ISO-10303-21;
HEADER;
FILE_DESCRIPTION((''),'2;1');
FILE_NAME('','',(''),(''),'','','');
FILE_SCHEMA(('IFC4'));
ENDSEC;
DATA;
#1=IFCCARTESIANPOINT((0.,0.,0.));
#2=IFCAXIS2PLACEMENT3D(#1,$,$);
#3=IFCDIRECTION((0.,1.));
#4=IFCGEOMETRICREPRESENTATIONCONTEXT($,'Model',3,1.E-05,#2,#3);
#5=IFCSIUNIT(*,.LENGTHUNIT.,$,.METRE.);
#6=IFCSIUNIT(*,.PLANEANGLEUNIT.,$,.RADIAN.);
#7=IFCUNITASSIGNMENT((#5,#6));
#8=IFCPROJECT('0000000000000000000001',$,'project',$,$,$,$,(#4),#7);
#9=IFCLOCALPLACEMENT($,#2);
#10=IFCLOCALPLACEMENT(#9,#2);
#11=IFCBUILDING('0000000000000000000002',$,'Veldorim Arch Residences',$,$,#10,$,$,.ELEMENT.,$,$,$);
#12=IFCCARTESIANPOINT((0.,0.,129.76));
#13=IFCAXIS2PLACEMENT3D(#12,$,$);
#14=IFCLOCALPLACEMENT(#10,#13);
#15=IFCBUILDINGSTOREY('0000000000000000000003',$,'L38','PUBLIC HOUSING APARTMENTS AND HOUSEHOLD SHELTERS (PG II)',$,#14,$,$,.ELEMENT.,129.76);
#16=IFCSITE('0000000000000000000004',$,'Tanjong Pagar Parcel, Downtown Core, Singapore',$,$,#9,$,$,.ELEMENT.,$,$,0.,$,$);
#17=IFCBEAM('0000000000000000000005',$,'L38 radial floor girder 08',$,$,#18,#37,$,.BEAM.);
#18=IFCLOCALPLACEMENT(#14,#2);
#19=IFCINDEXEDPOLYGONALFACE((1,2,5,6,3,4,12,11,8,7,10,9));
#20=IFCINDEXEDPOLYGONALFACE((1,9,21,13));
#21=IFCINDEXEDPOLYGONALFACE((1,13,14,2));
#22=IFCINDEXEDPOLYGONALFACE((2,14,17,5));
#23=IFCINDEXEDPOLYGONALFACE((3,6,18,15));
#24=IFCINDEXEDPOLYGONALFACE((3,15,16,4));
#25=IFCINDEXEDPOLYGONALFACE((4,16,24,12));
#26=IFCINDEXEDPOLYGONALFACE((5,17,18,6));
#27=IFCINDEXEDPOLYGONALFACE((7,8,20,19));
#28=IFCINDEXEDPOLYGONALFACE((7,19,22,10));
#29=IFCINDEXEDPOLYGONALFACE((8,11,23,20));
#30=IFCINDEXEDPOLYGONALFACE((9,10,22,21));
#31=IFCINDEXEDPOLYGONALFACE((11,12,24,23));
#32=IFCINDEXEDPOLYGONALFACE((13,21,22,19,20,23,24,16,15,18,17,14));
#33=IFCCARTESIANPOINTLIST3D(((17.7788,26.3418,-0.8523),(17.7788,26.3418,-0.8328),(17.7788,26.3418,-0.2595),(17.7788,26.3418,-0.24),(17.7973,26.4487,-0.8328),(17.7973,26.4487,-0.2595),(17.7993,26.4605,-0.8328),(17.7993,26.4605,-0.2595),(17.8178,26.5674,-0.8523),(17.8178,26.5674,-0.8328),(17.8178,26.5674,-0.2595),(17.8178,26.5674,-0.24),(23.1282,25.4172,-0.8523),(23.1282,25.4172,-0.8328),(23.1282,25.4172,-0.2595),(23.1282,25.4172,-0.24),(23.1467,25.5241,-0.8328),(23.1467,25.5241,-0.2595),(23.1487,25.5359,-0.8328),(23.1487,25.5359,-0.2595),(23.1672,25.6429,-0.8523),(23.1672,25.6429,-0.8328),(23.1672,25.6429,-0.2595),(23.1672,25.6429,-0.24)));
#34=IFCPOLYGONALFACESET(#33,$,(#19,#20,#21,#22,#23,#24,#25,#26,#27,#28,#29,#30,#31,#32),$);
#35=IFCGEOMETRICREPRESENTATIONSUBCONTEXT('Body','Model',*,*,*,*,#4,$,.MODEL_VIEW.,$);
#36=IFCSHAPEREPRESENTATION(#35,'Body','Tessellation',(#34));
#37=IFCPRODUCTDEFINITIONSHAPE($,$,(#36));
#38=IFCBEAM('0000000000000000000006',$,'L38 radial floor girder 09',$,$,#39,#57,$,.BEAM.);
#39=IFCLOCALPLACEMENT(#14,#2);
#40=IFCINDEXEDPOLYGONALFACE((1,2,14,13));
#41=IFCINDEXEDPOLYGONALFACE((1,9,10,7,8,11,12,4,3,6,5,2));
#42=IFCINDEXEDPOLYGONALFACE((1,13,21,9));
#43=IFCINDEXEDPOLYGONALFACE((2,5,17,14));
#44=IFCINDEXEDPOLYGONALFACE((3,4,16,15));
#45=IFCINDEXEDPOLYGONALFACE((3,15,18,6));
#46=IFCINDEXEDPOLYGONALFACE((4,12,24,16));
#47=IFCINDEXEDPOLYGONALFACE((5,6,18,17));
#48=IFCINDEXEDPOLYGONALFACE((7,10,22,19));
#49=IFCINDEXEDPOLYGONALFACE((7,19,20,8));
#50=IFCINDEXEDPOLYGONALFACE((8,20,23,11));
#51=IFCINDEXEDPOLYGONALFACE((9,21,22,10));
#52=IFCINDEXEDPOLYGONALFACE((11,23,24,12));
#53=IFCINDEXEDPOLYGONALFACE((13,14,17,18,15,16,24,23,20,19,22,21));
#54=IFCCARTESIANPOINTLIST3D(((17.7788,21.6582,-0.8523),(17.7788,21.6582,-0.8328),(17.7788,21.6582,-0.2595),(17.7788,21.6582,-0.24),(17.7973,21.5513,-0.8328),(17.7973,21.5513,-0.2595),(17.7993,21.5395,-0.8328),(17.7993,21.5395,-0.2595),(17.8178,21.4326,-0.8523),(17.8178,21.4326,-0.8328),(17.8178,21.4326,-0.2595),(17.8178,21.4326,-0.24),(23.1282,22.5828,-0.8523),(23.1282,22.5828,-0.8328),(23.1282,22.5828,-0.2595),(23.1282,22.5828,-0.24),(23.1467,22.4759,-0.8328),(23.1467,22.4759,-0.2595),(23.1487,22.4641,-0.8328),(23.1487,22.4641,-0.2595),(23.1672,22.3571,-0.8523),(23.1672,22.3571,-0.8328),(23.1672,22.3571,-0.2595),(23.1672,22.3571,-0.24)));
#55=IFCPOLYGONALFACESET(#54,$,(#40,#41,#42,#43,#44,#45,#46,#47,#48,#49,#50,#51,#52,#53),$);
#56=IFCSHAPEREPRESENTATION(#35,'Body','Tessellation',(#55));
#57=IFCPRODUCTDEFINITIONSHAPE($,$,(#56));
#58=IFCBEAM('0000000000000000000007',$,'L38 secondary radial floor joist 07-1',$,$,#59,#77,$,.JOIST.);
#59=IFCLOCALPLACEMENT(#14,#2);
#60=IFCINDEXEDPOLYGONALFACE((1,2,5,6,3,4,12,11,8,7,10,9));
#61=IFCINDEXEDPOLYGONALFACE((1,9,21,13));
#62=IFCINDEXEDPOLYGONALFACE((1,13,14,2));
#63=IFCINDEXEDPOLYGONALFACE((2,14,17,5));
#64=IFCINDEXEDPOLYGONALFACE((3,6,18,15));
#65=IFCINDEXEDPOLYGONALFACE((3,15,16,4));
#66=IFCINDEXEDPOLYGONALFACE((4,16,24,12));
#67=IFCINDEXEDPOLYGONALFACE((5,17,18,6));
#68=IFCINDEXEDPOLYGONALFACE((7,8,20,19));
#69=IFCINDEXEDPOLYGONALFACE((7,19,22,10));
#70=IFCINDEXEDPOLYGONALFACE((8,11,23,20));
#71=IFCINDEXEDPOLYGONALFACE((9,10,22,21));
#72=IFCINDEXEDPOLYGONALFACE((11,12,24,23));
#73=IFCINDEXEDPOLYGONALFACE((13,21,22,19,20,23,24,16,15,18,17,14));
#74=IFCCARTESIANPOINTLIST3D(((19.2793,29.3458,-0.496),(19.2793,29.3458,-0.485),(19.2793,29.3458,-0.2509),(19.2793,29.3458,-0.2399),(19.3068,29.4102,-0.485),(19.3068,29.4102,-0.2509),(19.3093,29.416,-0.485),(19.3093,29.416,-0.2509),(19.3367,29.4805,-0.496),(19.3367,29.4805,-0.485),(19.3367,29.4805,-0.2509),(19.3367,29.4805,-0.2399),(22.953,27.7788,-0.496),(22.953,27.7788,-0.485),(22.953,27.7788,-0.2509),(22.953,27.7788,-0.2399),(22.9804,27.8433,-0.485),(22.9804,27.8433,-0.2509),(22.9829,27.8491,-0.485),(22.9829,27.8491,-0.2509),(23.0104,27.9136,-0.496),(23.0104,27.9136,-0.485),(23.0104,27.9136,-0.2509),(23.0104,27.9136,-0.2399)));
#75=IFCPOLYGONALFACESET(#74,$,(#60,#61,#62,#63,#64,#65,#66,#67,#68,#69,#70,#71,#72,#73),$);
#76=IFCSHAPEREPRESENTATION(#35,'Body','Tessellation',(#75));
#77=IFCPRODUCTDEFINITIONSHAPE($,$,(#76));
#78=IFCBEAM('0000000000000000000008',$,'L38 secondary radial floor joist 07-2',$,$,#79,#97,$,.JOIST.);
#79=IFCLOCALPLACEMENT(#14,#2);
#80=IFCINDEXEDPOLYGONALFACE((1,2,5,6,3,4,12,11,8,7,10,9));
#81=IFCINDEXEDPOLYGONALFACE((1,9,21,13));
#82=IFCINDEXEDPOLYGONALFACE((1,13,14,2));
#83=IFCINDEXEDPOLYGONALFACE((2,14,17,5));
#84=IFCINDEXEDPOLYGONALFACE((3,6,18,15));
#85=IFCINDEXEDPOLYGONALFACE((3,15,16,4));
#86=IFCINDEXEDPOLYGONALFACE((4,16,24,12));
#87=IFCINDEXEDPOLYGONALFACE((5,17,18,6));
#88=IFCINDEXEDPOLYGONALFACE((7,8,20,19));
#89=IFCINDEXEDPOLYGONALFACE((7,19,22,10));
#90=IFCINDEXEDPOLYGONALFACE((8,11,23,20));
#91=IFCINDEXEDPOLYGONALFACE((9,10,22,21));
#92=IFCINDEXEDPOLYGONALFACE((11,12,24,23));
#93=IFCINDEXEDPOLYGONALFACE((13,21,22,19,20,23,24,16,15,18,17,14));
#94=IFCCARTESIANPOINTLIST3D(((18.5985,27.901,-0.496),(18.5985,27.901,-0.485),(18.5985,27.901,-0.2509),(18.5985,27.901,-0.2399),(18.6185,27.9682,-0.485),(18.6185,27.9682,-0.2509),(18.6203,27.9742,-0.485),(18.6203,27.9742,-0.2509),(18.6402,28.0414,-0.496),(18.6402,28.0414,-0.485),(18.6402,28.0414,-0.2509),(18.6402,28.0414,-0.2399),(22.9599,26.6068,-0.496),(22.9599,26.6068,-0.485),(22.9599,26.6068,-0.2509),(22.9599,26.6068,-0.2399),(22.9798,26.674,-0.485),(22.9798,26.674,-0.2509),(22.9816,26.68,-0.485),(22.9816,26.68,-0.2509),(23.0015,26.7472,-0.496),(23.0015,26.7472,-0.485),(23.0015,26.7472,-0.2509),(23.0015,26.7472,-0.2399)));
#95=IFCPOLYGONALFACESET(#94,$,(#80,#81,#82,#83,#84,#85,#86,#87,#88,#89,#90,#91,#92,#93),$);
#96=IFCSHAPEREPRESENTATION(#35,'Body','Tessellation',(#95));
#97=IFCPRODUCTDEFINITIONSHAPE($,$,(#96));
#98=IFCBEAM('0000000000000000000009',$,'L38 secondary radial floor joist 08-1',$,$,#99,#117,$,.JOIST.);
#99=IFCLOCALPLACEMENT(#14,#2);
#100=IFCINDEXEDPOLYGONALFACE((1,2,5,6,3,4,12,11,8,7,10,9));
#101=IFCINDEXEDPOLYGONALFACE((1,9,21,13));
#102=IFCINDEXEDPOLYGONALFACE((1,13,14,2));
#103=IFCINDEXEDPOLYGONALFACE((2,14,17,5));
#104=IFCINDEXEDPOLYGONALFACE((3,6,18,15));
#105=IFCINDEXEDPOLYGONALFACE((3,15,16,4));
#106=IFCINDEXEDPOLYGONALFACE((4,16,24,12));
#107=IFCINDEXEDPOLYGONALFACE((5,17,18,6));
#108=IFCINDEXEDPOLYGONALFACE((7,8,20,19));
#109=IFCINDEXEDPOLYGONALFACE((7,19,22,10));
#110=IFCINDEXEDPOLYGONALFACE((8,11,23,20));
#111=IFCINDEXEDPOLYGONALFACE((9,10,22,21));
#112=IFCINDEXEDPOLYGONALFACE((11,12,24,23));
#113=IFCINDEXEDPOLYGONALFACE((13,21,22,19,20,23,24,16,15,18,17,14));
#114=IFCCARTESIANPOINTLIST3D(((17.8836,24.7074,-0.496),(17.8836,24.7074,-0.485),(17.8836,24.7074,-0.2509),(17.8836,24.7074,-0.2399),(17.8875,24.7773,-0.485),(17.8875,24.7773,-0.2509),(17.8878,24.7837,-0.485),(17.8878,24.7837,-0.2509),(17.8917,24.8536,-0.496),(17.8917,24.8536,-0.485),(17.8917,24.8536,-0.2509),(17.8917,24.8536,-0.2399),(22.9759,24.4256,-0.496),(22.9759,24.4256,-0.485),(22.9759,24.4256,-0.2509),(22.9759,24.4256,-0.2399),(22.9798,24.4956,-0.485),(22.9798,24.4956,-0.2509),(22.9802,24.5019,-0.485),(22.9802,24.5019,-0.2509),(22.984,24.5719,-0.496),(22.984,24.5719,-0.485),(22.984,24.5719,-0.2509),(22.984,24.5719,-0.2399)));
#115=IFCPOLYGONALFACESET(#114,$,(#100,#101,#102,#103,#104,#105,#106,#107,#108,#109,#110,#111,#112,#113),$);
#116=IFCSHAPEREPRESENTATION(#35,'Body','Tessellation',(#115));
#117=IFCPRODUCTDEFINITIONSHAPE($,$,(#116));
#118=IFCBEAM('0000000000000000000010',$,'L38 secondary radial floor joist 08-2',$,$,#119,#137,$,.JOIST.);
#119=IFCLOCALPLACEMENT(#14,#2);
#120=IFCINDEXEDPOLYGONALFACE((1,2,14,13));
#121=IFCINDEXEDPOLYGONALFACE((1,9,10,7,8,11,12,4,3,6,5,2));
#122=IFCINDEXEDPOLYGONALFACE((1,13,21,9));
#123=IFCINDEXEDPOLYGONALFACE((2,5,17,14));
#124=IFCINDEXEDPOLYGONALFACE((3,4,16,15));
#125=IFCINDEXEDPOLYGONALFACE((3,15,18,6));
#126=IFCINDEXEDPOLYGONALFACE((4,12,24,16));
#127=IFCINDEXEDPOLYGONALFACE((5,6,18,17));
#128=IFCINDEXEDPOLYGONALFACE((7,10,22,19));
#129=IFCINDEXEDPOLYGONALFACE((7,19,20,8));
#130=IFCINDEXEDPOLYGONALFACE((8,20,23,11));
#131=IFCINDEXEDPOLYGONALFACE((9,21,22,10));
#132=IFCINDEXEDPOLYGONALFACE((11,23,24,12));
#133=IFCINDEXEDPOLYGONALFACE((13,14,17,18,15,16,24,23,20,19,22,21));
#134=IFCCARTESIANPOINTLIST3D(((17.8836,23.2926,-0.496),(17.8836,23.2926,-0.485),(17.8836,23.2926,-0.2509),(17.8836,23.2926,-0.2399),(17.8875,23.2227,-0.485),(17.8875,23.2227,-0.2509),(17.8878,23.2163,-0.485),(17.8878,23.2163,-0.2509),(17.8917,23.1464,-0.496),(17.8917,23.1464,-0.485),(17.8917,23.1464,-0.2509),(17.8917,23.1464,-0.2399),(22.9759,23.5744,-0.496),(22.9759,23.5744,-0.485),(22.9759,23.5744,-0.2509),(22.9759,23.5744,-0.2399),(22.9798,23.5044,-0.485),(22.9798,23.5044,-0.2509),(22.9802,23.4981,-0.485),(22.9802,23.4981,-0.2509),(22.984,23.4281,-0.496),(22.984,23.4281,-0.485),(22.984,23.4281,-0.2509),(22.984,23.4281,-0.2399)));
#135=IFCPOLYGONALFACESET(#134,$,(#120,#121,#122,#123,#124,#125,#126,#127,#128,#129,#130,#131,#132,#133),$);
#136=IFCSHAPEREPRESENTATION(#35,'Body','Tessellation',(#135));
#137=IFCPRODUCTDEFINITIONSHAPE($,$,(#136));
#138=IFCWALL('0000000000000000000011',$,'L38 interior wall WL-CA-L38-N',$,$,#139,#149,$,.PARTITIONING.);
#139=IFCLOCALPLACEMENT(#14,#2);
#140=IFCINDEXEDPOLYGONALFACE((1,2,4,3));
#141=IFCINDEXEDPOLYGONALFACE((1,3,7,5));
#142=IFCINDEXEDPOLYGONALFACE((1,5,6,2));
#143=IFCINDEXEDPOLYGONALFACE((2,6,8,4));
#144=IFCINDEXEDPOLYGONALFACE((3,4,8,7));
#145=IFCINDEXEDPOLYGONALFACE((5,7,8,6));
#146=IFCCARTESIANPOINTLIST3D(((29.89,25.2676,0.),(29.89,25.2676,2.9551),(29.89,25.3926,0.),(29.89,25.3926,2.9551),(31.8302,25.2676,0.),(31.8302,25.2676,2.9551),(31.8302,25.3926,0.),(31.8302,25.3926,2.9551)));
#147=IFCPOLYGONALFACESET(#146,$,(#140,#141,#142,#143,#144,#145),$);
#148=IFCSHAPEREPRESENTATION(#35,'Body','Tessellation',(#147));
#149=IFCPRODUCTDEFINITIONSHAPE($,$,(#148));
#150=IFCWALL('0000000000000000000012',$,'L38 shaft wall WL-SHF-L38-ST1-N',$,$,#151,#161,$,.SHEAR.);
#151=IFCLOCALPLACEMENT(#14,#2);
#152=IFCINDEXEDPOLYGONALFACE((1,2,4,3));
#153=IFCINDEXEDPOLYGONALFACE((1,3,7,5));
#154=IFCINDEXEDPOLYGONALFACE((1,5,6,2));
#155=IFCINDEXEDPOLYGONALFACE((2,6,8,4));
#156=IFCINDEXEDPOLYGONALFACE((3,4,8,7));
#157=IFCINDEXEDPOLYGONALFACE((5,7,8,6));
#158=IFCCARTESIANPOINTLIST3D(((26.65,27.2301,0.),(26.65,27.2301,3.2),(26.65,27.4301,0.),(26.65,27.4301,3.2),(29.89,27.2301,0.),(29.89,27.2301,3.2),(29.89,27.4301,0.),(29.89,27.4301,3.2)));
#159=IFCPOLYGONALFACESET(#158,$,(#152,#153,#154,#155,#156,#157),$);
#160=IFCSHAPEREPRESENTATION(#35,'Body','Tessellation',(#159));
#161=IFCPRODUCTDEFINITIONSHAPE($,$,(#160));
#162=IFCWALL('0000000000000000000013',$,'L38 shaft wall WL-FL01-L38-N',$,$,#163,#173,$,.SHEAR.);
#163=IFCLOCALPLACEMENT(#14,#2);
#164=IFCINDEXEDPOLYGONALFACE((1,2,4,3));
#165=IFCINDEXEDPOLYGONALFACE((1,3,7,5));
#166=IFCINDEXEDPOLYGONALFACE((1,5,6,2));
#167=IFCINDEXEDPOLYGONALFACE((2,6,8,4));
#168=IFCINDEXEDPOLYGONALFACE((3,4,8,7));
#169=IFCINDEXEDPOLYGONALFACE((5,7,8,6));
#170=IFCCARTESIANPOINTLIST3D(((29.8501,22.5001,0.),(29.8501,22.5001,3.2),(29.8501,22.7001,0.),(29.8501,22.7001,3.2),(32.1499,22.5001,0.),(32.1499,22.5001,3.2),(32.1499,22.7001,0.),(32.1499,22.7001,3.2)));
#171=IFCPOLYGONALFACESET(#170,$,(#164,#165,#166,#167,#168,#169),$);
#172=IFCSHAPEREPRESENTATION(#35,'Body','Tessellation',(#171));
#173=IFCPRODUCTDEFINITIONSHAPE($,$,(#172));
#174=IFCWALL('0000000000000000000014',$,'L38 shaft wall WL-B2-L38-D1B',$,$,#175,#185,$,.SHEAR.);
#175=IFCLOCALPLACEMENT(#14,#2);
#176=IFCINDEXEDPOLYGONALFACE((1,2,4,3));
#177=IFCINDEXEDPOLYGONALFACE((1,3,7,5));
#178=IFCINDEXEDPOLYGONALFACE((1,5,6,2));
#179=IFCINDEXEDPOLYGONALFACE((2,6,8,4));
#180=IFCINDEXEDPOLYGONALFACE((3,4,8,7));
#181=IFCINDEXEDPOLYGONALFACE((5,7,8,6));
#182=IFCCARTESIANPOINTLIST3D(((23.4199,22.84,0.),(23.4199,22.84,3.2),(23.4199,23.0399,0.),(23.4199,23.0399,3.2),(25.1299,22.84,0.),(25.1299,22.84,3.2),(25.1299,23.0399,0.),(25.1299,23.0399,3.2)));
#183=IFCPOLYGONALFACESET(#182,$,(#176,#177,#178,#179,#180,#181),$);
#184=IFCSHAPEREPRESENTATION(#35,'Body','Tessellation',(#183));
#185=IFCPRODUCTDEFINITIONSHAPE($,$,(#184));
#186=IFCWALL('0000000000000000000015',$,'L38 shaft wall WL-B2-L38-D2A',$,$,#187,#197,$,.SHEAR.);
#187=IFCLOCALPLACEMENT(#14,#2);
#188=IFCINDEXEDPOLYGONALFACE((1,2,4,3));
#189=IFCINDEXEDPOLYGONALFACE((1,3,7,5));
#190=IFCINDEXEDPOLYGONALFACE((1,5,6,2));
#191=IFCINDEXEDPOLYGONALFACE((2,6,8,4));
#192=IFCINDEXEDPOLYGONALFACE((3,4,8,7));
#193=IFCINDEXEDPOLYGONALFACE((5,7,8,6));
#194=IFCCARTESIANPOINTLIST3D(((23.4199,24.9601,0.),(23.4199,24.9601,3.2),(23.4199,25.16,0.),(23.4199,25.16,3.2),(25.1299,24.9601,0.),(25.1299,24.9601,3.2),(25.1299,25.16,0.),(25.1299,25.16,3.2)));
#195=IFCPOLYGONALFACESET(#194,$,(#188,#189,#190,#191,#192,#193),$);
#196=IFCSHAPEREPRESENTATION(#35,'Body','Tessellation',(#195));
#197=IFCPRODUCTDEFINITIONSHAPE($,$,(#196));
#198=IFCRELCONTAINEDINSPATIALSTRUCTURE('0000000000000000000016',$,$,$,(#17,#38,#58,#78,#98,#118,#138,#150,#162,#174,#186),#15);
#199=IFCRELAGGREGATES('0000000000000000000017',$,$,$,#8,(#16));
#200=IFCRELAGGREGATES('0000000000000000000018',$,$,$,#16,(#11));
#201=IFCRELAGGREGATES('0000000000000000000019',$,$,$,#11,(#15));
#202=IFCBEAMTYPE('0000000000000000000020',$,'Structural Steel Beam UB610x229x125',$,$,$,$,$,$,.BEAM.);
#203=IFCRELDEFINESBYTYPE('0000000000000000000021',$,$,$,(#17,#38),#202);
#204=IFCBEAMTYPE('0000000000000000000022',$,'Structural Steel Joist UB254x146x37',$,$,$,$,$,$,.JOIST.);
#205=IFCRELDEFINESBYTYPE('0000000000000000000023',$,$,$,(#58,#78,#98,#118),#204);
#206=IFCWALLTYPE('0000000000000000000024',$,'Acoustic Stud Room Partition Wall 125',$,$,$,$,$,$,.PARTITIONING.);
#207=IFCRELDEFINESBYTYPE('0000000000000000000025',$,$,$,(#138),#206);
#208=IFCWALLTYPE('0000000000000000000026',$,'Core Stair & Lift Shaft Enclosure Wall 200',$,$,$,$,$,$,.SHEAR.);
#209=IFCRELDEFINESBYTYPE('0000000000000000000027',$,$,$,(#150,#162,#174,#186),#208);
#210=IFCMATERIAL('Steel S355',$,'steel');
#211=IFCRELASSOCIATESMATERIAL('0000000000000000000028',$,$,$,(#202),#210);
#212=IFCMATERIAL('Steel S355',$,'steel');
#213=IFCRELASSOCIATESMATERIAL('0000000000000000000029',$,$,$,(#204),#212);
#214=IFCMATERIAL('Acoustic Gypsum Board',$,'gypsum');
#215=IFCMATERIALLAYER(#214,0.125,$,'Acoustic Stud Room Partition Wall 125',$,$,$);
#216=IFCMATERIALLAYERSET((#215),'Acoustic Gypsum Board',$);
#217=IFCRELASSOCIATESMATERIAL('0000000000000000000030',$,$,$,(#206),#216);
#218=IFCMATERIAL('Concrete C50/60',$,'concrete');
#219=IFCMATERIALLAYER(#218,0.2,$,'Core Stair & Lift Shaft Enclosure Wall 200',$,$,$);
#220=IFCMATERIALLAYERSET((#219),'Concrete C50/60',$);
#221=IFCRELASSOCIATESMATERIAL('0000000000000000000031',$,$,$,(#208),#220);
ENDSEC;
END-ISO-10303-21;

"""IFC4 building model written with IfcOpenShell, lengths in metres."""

from ifc_helpers import new_model, si_unit, direction, frame, frame_2d, origin, origin_2d, place, context, subcontext, project, spatial, rectangle, i_section, extrude, material, layer, layer_set, material_profile, profile_set, type_object, element, save


model = new_model("IFC4")

# Units and contexts
model_context = context("Model", 3, precision=1e-05, world=origin(), true_north=direction((0.0, 1.0)))
body_context = subcontext(model_context, "Body", "Model", "MODEL_VIEW")
ifc_project = project(units=[si_unit("LENGTHUNIT", "METRE"), si_unit("PLANEANGLEUNIT", "RADIAN")], contexts=[model_context])

# Site, building, storey
site_placement = place(None, origin())
site = spatial("IfcSite", under=ifc_project, at=site_placement, Name="Tanjong Pagar Parcel, Downtown Core, Singapore", CompositionType="ELEMENT", RefElevation=0.0)
building_placement = place(site_placement, origin())
building = spatial("IfcBuilding", under=site, at=building_placement, Name="Veldorim Arch Residences", CompositionType="ELEMENT")
storey_placement = place(building_placement, frame((0.0, 0.0, 129.76)))
storey = spatial("IfcBuildingStorey", under=building, at=storey_placement, Name="L38", Description="PUBLIC HOUSING APARTMENTS AND HOUSEHOLD SHELTERS (PG II)", CompositionType="ELEMENT", Elevation=129.76)

# Beams
ifc_material_1 = material(Name="Steel S355", Category="steel")
ifc_material_profile_1 = material_profile(ifc_material_1, i_section(OverallWidth=0.229, OverallDepth=0.6123, WebThickness=0.012, FlangeThickness=0.0195, at=origin_2d()), Name="UB610x229x125")
ifc_profile_set_1 = profile_set([ifc_material_profile_1], Name="Steel S355")
beam_type_1 = type_object("IfcBeamType", Name="Structural Steel Beam UB610x229x125", PredefinedType="BEAM", material=ifc_profile_set_1)
for number, where, z_axis, x_axis, name in (
    (1, (23.1477, 25.53, -0.5461), (-0.98539, 0.170311, 0.0), (-0.170311, -0.98539, 0.0), "L38 radial floor girder 08"),
    (2, (23.1477, 22.47, -0.5461), (-0.98539, -0.170311, 0.0), (0.170311, -0.98539, 0.0), "L38 radial floor girder 09"),
):
    element("IfcBeam", number, at=place(storey_placement, frame(where, z_axis=z_axis, x_axis=x_axis)), inside=storey, type_object=beam_type_1, Name=name, PredefinedType="BEAM", context=body_context, shape_type="SweptSolid", body=[
        extrude(i_section(OverallWidth=0.229, OverallDepth=0.6123, WebThickness=0.012, FlangeThickness=0.0195, at=origin_2d()), origin(), (0.0, 0.0, 1.0), 5.4287),
    ])
ifc_material_2 = material(Name="Steel S355", Category="steel")
ifc_material_profile_2 = material_profile(ifc_material_2, i_section(OverallWidth=0.1465, OverallDepth=0.2561, WebThickness=0.0063, FlangeThickness=0.011, at=origin_2d()), Name="UB254x146x37")
ifc_profile_set_2 = profile_set([ifc_material_profile_2], Name="Steel S355")
beam_type_2 = type_object("IfcBeamType", Name="Structural Steel Joist UB254x146x37", PredefinedType="JOIST", material=ifc_profile_set_2)
beam_1_placement = place(storey_placement, frame((22.9817, 27.8462, -0.3679), z_axis=(-0.919823, 0.392332, 0.0), x_axis=(-0.392332, -0.919823, 0.0)))
element("IfcBeam", 3, at=beam_1_placement, inside=storey, type_object=beam_type_2, Name="L38 secondary radial floor joist 07-1", PredefinedType="JOIST", context=body_context, shape_type="SweptSolid", body=[
    extrude(i_section(OverallWidth=0.1465, OverallDepth=0.2561, WebThickness=0.0063, FlangeThickness=0.011, at=origin_2d()), origin(), (0.0, 0.0, 1.0), 3.9939),
])
beam_2_placement = place(storey_placement, frame((22.9807, 26.677, -0.3679), z_axis=(-0.958682, 0.284481, 0.0), x_axis=(-0.284481, -0.958682, 0.0)))
element("IfcBeam", 4, at=beam_2_placement, inside=storey, type_object=beam_type_2, Name="L38 secondary radial floor joist 07-2", PredefinedType="JOIST", context=body_context, shape_type="SweptSolid", body=[
    extrude(i_section(OverallWidth=0.1465, OverallDepth=0.2561, WebThickness=0.0063, FlangeThickness=0.011, at=origin_2d()), origin(), (0.0, 0.0, 1.0), 4.5493),
])
for number, where, z_axis, x_axis, name in (
    (5, (22.98, 24.4988, -0.3679), (-0.998473, 0.055242, 0.0), (-0.055242, -0.998473, 0.0), "L38 secondary radial floor joist 08-1"),
    (6, (22.98, 23.5012, -0.3679), (-0.998473, -0.055242, 0.0), (0.055242, -0.998473, 0.0), "L38 secondary radial floor joist 08-2"),
):
    element("IfcBeam", number, at=place(storey_placement, frame(where, z_axis=z_axis, x_axis=x_axis)), inside=storey, type_object=beam_type_2, Name=name, PredefinedType="JOIST", context=body_context, shape_type="SweptSolid", body=[
        extrude(i_section(OverallWidth=0.1465, OverallDepth=0.2561, WebThickness=0.0063, FlangeThickness=0.011, at=origin_2d()), origin(), (0.0, 0.0, 1.0), 5.1001),
    ])

# Walls
ifc_material_3 = material(Name="Acoustic Gypsum Board", Category="gypsum")
ifc_layer_1 = layer(ifc_material_3, 0.125, Name="Acoustic Stud Room Partition Wall 125")
ifc_layer_set_1 = layer_set([ifc_layer_1], Name="Acoustic Gypsum Board")
wall_type_1 = type_object("IfcWallType", Name="Acoustic Stud Room Partition Wall 125", PredefinedType="PARTITIONING", material=ifc_layer_set_1)
wall_1_placement = place(storey_placement, frame((29.8899, 25.3301, 0.0), z_axis=(0.0, 0.0, 1.0), x_axis=(1.0, 0.0, 0.0)))
element("IfcWall", 7, at=wall_1_placement, inside=storey, type_object=wall_type_1, Name="L38 interior wall WL-CA-L38-N", PredefinedType="PARTITIONING", context=body_context, shape_type="SweptSolid", body=[
    extrude(rectangle(XDim=1.9402, YDim=0.125, at=frame_2d((0.9702, 0.0))), origin(), (0.0, 0.0, 1.0), 2.9551),
])
ifc_material_4 = material(Name="Concrete C50/60", Category="concrete")
ifc_layer_2 = layer(ifc_material_4, 0.2, Name="Core Stair & Lift Shaft Enclosure Wall 200")
ifc_layer_set_2 = layer_set([ifc_layer_2], Name="Concrete C50/60")
wall_type_2 = type_object("IfcWallType", Name="Core Stair & Lift Shaft Enclosure Wall 200", PredefinedType="SHEAR", material=ifc_layer_set_2)
wall_2_placement = place(storey_placement, frame((26.6499, 27.3301, 0.0), z_axis=(0.0, 0.0, 1.0), x_axis=(1.0, 0.0, 0.0)))
element("IfcWall", 8, at=wall_2_placement, inside=storey, type_object=wall_type_2, Name="L38 shaft wall WL-SHF-L38-ST1-N", PredefinedType="SHEAR", context=body_context, shape_type="SweptSolid", body=[
    extrude(rectangle(XDim=3.24, YDim=0.2, at=frame_2d((1.6201, 0.0))), origin(), (0.0, 0.0, 1.0), 3.2),
])
wall_3_placement = place(storey_placement, frame((29.8501, 22.6001, 0.0), z_axis=(0.0, 0.0, 1.0), x_axis=(1.0, 0.0, 0.0)))
element("IfcWall", 9, at=wall_3_placement, inside=storey, type_object=wall_type_2, Name="L38 shaft wall WL-FL01-L38-N", PredefinedType="SHEAR", context=body_context, shape_type="SweptSolid", body=[
    extrude(rectangle(XDim=2.2998, YDim=0.2, at=frame_2d((1.1499, 0.0))), origin(), (0.0, 0.0, 1.0), 3.2),
])
for number, where, z_axis, x_axis, name in (
    (10, (23.4199, 22.9399, 0.0), (0.0, 0.0, 1.0), (1.0, 0.0, 0.0), "L38 shaft wall WL-B2-L38-D1B"),
    (11, (23.4199, 25.0601, 0.0), (0.0, 0.0, 1.0), (1.0, 0.0, 0.0), "L38 shaft wall WL-B2-L38-D2A"),
):
    element("IfcWall", number, at=place(storey_placement, frame(where, z_axis=z_axis, x_axis=x_axis)), inside=storey, type_object=wall_type_2, Name=name, PredefinedType="SHEAR", context=body_context, shape_type="SweptSolid", body=[
        extrude(rectangle(XDim=1.71, YDim=0.2, at=frame_2d((0.855, 0.0))), origin(), (0.0, 0.0, 1.0), 3.2),
    ])

save(model, "model.ifc")
